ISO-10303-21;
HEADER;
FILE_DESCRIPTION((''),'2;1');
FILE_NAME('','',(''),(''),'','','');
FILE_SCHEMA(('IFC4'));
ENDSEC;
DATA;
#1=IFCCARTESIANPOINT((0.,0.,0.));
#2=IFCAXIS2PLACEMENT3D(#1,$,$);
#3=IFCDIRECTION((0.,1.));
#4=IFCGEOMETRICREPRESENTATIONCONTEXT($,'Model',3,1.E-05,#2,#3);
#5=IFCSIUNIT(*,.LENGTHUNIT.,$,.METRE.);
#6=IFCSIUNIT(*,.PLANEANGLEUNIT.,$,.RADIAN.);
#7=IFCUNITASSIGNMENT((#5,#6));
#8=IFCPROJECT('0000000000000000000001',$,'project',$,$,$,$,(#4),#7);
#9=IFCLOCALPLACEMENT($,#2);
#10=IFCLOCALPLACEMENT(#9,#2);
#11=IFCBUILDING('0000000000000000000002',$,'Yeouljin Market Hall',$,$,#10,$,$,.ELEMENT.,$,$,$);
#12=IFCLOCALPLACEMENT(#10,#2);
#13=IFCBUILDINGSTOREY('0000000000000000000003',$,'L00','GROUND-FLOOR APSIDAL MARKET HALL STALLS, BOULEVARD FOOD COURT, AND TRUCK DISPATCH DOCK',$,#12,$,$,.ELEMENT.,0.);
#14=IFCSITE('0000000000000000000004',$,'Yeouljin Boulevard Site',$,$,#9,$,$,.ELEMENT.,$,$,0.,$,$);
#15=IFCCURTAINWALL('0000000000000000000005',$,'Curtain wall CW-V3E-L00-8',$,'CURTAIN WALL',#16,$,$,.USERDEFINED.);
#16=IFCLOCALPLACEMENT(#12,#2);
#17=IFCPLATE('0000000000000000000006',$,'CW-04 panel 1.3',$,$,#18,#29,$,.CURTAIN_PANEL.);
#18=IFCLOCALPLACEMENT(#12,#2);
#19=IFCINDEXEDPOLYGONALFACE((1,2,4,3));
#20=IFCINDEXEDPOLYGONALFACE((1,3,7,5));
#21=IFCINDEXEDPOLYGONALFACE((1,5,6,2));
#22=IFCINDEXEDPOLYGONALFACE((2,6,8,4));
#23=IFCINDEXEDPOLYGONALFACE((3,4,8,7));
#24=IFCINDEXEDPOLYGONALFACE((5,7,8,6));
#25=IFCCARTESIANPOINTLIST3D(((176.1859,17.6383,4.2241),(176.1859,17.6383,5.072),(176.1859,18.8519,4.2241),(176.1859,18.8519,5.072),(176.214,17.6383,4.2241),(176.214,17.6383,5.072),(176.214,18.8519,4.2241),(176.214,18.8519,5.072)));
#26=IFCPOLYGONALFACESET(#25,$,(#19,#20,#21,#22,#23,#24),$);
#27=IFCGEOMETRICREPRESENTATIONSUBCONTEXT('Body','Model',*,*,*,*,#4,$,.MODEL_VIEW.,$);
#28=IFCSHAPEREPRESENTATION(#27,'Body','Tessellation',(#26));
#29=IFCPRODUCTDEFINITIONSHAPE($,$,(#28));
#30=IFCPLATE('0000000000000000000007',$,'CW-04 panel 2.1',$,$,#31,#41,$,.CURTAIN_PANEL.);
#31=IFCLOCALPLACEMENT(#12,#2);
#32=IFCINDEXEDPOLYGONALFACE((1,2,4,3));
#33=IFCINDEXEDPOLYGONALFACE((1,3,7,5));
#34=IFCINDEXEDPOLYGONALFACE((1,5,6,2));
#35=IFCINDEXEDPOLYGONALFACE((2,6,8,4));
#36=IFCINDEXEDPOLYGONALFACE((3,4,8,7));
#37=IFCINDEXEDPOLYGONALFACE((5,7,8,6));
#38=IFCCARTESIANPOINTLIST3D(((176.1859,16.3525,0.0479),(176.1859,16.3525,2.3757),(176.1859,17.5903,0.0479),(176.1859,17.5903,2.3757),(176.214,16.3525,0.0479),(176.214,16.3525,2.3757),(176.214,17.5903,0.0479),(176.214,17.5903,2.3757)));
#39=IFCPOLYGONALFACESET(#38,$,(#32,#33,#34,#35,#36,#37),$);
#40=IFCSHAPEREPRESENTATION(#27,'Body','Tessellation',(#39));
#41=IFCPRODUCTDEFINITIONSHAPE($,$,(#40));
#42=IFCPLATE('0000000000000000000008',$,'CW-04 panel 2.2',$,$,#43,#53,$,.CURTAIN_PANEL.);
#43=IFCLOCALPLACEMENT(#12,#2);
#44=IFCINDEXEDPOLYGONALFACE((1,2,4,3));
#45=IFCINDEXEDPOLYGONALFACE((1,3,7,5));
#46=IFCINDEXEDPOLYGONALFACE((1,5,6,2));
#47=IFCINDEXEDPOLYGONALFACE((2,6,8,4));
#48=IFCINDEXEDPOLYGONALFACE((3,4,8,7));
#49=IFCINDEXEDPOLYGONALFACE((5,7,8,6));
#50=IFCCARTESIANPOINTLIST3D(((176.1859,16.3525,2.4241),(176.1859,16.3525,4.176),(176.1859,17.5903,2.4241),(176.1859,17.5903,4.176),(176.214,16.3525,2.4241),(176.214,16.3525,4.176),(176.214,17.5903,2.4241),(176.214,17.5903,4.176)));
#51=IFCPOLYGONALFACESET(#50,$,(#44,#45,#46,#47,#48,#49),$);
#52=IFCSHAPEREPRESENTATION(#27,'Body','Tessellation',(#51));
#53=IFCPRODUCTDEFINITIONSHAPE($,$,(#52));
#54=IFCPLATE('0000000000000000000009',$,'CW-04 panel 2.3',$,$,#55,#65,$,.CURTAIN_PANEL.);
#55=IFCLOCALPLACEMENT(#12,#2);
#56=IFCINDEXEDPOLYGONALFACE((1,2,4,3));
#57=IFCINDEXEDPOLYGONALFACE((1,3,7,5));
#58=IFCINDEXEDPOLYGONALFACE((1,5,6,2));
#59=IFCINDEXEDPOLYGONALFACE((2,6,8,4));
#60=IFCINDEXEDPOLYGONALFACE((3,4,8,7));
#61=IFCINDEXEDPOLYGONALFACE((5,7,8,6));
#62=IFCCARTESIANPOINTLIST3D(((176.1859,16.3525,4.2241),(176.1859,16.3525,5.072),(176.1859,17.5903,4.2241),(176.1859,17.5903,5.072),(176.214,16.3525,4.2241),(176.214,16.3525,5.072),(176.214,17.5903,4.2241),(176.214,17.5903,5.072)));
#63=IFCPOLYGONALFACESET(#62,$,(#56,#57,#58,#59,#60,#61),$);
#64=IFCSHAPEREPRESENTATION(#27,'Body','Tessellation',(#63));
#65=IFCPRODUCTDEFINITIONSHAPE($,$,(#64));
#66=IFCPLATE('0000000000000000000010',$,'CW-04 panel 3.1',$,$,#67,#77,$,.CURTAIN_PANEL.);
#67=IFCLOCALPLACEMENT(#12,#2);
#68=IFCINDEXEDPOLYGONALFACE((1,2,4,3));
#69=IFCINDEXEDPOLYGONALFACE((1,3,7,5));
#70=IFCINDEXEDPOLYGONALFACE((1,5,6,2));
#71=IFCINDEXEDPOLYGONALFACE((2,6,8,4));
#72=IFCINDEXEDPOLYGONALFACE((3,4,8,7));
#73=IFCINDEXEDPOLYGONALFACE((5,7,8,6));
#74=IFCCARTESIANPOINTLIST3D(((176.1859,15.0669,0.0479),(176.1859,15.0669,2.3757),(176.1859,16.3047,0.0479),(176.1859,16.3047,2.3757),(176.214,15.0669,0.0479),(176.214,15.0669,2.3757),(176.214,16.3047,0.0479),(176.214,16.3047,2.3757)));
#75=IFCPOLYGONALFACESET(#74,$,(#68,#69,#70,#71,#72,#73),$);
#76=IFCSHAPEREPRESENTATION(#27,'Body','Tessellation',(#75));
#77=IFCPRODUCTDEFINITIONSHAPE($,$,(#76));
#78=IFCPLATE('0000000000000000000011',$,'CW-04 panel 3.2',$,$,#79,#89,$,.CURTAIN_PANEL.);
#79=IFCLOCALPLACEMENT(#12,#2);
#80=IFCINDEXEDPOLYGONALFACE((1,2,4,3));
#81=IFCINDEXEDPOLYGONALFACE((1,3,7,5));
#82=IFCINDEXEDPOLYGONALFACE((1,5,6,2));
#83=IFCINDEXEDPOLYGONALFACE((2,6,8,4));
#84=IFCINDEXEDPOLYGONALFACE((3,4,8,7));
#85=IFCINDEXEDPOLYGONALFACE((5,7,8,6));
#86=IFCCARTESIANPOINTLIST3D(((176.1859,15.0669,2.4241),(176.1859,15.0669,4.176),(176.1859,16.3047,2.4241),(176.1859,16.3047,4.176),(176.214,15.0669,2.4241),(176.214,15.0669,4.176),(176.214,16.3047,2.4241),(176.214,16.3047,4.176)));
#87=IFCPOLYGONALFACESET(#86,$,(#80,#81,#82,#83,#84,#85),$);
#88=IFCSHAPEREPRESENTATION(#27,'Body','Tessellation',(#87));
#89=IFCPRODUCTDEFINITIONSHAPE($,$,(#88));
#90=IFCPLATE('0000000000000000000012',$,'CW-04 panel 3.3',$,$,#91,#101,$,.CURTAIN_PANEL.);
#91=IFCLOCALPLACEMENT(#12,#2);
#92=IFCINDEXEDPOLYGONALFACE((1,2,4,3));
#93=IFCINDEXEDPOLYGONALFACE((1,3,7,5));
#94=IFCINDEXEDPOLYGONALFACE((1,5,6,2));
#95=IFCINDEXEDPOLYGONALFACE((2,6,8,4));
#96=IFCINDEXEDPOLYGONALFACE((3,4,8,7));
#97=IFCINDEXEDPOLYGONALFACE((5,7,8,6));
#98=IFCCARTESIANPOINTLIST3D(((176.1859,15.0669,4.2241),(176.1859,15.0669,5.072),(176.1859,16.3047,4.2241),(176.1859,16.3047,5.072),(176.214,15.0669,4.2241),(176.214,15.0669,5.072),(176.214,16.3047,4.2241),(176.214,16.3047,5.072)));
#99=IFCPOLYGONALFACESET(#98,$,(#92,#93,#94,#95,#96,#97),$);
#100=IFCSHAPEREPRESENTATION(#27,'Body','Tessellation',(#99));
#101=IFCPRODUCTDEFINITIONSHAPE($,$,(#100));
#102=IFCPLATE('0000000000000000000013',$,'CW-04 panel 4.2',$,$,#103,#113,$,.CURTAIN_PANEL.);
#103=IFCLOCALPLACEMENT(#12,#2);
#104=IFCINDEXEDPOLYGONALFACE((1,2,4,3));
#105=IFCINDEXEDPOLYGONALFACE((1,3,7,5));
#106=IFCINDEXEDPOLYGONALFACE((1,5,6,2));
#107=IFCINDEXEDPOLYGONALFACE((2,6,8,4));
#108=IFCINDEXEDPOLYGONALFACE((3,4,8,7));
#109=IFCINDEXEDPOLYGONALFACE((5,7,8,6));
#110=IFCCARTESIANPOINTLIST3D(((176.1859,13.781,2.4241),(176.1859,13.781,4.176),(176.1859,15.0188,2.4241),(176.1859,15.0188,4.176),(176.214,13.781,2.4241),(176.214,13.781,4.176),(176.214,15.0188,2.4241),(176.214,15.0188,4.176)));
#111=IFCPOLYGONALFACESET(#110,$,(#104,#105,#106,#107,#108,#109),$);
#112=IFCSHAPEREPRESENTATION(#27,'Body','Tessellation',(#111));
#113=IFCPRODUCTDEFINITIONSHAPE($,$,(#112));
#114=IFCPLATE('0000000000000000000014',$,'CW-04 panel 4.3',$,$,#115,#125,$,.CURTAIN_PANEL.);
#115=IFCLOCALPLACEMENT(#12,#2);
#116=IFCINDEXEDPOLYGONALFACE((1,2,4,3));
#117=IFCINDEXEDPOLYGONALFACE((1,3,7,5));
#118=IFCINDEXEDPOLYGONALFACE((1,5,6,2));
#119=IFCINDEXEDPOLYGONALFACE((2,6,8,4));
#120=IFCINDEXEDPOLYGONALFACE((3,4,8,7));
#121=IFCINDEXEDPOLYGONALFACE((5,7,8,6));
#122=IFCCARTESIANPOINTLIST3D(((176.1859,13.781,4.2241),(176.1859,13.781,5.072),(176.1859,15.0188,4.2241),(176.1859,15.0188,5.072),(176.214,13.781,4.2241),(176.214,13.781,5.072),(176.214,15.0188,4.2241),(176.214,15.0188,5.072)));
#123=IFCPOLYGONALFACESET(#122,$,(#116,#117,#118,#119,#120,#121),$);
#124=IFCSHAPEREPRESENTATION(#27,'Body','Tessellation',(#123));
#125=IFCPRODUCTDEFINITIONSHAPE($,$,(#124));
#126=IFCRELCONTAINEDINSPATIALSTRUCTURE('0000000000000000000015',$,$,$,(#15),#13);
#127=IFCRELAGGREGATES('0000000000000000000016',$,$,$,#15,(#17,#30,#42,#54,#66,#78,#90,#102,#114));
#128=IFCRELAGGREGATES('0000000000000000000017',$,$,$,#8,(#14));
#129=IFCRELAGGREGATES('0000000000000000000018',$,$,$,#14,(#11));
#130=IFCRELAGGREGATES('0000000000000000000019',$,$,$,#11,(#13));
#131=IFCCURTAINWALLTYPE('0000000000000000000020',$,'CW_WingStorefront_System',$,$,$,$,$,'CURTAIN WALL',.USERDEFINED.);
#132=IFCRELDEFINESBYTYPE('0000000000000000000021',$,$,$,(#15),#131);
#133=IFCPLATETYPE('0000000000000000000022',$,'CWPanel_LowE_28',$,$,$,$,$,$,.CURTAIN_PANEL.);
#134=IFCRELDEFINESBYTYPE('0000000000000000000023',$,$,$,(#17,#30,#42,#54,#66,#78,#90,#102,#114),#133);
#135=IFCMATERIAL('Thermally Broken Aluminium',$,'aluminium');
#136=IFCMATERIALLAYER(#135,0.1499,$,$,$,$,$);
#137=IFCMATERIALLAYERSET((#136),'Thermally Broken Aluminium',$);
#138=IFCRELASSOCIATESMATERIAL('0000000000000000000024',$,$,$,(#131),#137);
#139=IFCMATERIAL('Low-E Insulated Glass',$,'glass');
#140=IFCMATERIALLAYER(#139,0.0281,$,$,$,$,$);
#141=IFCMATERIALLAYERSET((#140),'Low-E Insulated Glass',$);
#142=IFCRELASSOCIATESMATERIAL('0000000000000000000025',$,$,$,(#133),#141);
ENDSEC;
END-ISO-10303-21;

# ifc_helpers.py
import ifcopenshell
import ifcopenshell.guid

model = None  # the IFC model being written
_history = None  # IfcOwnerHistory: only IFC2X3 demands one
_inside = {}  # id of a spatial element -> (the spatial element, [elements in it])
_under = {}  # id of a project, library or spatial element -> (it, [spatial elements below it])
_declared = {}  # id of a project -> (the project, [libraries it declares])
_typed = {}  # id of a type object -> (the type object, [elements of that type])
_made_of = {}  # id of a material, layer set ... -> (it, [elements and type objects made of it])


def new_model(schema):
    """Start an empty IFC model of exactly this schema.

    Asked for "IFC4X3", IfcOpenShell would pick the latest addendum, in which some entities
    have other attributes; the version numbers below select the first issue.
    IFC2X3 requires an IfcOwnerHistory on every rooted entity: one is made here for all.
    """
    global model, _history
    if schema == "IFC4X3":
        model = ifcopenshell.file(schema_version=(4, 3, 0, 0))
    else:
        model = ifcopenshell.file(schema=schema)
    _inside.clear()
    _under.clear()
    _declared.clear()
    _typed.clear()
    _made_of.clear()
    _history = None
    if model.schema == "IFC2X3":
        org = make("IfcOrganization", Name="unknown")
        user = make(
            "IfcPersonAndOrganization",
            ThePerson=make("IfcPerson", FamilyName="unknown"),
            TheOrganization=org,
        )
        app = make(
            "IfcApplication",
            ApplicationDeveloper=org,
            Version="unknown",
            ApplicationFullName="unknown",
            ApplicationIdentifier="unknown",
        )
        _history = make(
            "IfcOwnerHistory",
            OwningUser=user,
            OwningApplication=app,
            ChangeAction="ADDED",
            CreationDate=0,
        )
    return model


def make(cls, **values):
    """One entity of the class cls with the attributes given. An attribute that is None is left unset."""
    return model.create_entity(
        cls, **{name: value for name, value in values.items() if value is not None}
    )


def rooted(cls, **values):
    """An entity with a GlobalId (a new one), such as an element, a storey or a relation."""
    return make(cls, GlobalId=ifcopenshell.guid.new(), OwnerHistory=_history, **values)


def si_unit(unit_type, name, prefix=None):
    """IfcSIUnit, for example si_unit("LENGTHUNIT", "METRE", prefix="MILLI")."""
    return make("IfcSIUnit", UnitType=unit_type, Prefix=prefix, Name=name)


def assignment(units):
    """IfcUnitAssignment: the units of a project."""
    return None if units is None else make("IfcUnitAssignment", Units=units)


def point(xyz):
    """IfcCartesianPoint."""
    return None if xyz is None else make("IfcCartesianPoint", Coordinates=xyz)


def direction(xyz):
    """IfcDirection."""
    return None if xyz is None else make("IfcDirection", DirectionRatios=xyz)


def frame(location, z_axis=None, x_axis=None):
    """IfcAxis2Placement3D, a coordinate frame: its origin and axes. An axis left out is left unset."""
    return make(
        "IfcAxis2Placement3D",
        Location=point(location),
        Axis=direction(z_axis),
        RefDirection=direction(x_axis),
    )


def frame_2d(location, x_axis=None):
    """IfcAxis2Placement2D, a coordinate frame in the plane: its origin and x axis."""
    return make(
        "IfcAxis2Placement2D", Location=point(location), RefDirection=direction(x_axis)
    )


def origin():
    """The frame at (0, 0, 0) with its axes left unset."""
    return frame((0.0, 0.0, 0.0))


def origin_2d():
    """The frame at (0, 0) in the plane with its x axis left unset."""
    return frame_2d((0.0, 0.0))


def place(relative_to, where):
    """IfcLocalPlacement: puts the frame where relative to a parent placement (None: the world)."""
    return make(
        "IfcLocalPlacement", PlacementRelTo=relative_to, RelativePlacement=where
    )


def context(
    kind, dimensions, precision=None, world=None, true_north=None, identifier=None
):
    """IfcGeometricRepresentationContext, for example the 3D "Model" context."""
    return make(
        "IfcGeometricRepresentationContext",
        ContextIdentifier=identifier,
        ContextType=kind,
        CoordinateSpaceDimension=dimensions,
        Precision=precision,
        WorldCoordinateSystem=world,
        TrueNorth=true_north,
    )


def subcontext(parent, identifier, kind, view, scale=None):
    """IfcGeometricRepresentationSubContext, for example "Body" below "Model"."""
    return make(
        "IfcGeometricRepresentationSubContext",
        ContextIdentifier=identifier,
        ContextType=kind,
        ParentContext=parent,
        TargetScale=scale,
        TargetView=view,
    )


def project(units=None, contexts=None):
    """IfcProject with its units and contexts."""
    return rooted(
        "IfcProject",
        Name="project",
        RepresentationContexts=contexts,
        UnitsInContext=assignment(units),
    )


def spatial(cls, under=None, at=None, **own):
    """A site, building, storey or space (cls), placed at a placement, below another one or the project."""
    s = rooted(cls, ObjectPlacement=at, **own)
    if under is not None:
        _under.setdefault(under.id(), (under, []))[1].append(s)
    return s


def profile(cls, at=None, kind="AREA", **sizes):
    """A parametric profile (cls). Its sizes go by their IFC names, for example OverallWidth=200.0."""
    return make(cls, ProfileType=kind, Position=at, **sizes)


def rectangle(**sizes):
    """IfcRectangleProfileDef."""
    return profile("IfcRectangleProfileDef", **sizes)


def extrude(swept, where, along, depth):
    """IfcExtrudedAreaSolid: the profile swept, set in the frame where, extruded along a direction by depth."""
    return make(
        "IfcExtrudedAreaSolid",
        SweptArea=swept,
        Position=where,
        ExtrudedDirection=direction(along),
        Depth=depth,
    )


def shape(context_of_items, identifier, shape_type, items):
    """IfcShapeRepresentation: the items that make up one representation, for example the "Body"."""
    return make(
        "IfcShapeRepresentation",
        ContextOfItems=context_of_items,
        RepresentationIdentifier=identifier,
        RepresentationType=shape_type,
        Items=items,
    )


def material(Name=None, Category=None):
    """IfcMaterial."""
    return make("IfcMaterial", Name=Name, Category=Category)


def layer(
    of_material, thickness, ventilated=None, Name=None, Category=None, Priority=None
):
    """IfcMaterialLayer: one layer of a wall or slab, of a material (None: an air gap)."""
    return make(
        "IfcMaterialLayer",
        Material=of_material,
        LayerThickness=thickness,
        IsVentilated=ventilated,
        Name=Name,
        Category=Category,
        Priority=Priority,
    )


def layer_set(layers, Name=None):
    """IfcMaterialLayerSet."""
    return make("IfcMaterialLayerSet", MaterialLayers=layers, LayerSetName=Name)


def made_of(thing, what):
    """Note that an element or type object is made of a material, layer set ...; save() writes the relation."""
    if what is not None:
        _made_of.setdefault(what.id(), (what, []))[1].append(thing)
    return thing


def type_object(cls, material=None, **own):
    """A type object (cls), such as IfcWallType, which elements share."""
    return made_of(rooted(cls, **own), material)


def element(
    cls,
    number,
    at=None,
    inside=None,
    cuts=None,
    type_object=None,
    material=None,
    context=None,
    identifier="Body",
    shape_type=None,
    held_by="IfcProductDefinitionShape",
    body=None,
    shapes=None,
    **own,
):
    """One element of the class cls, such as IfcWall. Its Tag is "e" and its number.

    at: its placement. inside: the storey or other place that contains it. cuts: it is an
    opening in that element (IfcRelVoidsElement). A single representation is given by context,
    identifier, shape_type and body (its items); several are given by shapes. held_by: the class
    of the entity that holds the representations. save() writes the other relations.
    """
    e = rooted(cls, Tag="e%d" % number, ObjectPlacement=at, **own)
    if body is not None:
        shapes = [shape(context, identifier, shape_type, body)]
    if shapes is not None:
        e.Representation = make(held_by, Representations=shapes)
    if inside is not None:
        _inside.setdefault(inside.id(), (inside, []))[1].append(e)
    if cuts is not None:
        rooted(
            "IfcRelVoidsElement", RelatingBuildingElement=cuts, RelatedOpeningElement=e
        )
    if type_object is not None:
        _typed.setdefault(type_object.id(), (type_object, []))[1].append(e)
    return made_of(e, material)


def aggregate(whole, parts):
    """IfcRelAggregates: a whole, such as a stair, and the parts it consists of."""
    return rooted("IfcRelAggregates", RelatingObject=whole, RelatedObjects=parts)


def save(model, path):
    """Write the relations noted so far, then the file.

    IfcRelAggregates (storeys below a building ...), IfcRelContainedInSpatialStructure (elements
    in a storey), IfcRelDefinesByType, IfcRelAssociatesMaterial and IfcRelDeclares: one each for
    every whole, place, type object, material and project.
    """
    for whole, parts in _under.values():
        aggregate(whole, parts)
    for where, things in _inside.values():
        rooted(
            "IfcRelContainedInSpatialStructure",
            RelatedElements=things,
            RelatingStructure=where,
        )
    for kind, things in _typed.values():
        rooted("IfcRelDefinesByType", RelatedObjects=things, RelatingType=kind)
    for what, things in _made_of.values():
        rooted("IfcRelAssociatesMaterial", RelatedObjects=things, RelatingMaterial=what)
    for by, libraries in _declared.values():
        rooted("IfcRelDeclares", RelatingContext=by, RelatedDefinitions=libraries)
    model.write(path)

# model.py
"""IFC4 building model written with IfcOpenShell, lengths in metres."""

from ifc_helpers import new_model, si_unit, direction, frame, origin, origin_2d, place, context, subcontext, project, spatial, rectangle, extrude, material, layer, layer_set, type_object, element, aggregate, save


model = new_model("IFC4")

# Units and contexts
model_context = context("Model", 3, precision=1e-05, world=origin(), true_north=direction((0.0, 1.0)))
body_context = subcontext(model_context, "Body", "Model", "MODEL_VIEW")
ifc_project = project(units=[si_unit("LENGTHUNIT", "METRE"), si_unit("PLANEANGLEUNIT", "RADIAN")], contexts=[model_context])

# Site, building, storey
site_placement = place(None, origin())
site = spatial("IfcSite", under=ifc_project, at=site_placement, Name="Yeouljin Boulevard Site", CompositionType="ELEMENT", RefElevation=0.0)
building_placement = place(site_placement, origin())
building = spatial("IfcBuilding", under=site, at=building_placement, Name="Yeouljin Market Hall", CompositionType="ELEMENT")
storey_placement = place(building_placement, origin())
storey = spatial("IfcBuildingStorey", under=building, at=storey_placement, Name="L00", Description="GROUND-FLOOR APSIDAL MARKET HALL STALLS, BOULEVARD FOOD COURT, AND TRUCK DISPATCH DOCK", CompositionType="ELEMENT", Elevation=0.0)

# Curtain wall, plates
ifc_material_1 = material(Name="Thermally Broken Aluminium", Category="aluminium")
ifc_layer_1 = layer(ifc_material_1, 0.1499)
ifc_layer_set_1 = layer_set([ifc_layer_1], Name="Thermally Broken Aluminium")
curtain_wall_type = type_object("IfcCurtainWallType", Name="CW_WingStorefront_System", ElementType="CURTAIN WALL", PredefinedType="USERDEFINED", material=ifc_layer_set_1)
curtain_wall_placement = place(storey_placement, origin())
curtain_wall = element("IfcCurtainWall", 1, at=curtain_wall_placement, inside=storey, type_object=curtain_wall_type, Name="Curtain wall CW-V3E-L00-8", ObjectType="CURTAIN WALL", PredefinedType="USERDEFINED")
ifc_material_2 = material(Name="Low-E Insulated Glass", Category="glass")
ifc_layer_2 = layer(ifc_material_2, 0.0281)
ifc_layer_set_2 = layer_set([ifc_layer_2], Name="Low-E Insulated Glass")
plate_type = type_object("IfcPlateType", Name="CWPanel_LowE_28", PredefinedType="CURTAIN_PANEL", material=ifc_layer_set_2)
plate_1_placement = place(storey_placement, frame((176.2, 18.2451, 4.2241), z_axis=(0.0, 0.0, 1.0), x_axis=(0.0, -1.0, 0.0)))
plate_1 = element("IfcPlate", 2, at=plate_1_placement, type_object=plate_type, Name="CW-04 panel 1.3", PredefinedType="CURTAIN_PANEL", context=body_context, shape_type="SweptSolid", body=[
    extrude(rectangle(XDim=1.2136, YDim=0.0281, at=origin_2d()), origin(), (0.0, 0.0, 1.0), 0.8479),
])
plate_2_placement = place(storey_placement, frame((176.2, 16.9714, 0.0479), z_axis=(0.0, 0.0, 1.0), x_axis=(0.0, -1.0, 0.0)))
plate_2 = element("IfcPlate", 3, at=plate_2_placement, type_object=plate_type, Name="CW-04 panel 2.1", PredefinedType="CURTAIN_PANEL", context=body_context, shape_type="SweptSolid", body=[
    extrude(rectangle(XDim=1.2378, YDim=0.0281, at=origin_2d()), origin(), (0.0, 0.0, 1.0), 2.3279),
])
plate_3_placement = place(storey_placement, frame((176.2, 16.9714, 2.4241), z_axis=(0.0, 0.0, 1.0), x_axis=(0.0, -1.0, 0.0)))
plate_3 = element("IfcPlate", 4, at=plate_3_placement, type_object=plate_type, Name="CW-04 panel 2.2", PredefinedType="CURTAIN_PANEL", context=body_context, shape_type="SweptSolid", body=[
    extrude(rectangle(XDim=1.2378, YDim=0.0281, at=origin_2d()), origin(), (0.0, 0.0, 1.0), 1.752),
])
plate_4_placement = place(storey_placement, frame((176.2, 16.9714, 4.2241), z_axis=(0.0, 0.0, 1.0), x_axis=(0.0, -1.0, 0.0)))
plate_4 = element("IfcPlate", 5, at=plate_4_placement, type_object=plate_type, Name="CW-04 panel 2.3", PredefinedType="CURTAIN_PANEL", context=body_context, shape_type="SweptSolid", body=[
    extrude(rectangle(XDim=1.2378, YDim=0.0281, at=origin_2d()), origin(), (0.0, 0.0, 1.0), 0.8479),
])
plate_5_placement = place(storey_placement, frame((176.2, 15.6858, 0.0479), z_axis=(0.0, 0.0, 1.0), x_axis=(0.0, -1.0, 0.0)))
plate_5 = element("IfcPlate", 6, at=plate_5_placement, type_object=plate_type, Name="CW-04 panel 3.1", PredefinedType="CURTAIN_PANEL", context=body_context, shape_type="SweptSolid", body=[
    extrude(rectangle(XDim=1.2378, YDim=0.0281, at=origin_2d()), origin(), (0.0, 0.0, 1.0), 2.3279),
])
plate_6_placement = place(storey_placement, frame((176.2, 15.6858, 2.4241), z_axis=(0.0, 0.0, 1.0), x_axis=(0.0, -1.0, 0.0)))
plate_6 = element("IfcPlate", 7, at=plate_6_placement, type_object=plate_type, Name="CW-04 panel 3.2", PredefinedType="CURTAIN_PANEL", context=body_context, shape_type="SweptSolid", body=[
    extrude(rectangle(XDim=1.2378, YDim=0.0281, at=origin_2d()), origin(), (0.0, 0.0, 1.0), 1.752),
])
plate_7_placement = place(storey_placement, frame((176.2, 15.6858, 4.2241), z_axis=(0.0, 0.0, 1.0), x_axis=(0.0, -1.0, 0.0)))
plate_7 = element("IfcPlate", 8, at=plate_7_placement, type_object=plate_type, Name="CW-04 panel 3.3", PredefinedType="CURTAIN_PANEL", context=body_context, shape_type="SweptSolid", body=[
    extrude(rectangle(XDim=1.2378, YDim=0.0281, at=origin_2d()), origin(), (0.0, 0.0, 1.0), 0.8479),
])
plate_8_placement = place(storey_placement, frame((176.2, 14.3999, 2.4241), z_axis=(0.0, 0.0, 1.0), x_axis=(0.0, -1.0, 0.0)))
plate_8 = element("IfcPlate", 9, at=plate_8_placement, type_object=plate_type, Name="CW-04 panel 4.2", PredefinedType="CURTAIN_PANEL", context=body_context, shape_type="SweptSolid", body=[
    extrude(rectangle(XDim=1.2378, YDim=0.0281, at=origin_2d()), origin(), (0.0, 0.0, 1.0), 1.752),
])
plate_9_placement = place(storey_placement, frame((176.2, 14.3999, 4.2241), z_axis=(0.0, 0.0, 1.0), x_axis=(0.0, -1.0, 0.0)))
plate_9 = element("IfcPlate", 10, at=plate_9_placement, type_object=plate_type, Name="CW-04 panel 4.3", PredefinedType="CURTAIN_PANEL", context=body_context, shape_type="SweptSolid", body=[
    extrude(rectangle(XDim=1.2378, YDim=0.0281, at=origin_2d()), origin(), (0.0, 0.0, 1.0), 0.8479),
])
aggregate(curtain_wall, [plate_1, plate_2, plate_3, plate_4, plate_5, plate_6, plate_7, plate_8, plate_9])

save(model, "model.ifc")
